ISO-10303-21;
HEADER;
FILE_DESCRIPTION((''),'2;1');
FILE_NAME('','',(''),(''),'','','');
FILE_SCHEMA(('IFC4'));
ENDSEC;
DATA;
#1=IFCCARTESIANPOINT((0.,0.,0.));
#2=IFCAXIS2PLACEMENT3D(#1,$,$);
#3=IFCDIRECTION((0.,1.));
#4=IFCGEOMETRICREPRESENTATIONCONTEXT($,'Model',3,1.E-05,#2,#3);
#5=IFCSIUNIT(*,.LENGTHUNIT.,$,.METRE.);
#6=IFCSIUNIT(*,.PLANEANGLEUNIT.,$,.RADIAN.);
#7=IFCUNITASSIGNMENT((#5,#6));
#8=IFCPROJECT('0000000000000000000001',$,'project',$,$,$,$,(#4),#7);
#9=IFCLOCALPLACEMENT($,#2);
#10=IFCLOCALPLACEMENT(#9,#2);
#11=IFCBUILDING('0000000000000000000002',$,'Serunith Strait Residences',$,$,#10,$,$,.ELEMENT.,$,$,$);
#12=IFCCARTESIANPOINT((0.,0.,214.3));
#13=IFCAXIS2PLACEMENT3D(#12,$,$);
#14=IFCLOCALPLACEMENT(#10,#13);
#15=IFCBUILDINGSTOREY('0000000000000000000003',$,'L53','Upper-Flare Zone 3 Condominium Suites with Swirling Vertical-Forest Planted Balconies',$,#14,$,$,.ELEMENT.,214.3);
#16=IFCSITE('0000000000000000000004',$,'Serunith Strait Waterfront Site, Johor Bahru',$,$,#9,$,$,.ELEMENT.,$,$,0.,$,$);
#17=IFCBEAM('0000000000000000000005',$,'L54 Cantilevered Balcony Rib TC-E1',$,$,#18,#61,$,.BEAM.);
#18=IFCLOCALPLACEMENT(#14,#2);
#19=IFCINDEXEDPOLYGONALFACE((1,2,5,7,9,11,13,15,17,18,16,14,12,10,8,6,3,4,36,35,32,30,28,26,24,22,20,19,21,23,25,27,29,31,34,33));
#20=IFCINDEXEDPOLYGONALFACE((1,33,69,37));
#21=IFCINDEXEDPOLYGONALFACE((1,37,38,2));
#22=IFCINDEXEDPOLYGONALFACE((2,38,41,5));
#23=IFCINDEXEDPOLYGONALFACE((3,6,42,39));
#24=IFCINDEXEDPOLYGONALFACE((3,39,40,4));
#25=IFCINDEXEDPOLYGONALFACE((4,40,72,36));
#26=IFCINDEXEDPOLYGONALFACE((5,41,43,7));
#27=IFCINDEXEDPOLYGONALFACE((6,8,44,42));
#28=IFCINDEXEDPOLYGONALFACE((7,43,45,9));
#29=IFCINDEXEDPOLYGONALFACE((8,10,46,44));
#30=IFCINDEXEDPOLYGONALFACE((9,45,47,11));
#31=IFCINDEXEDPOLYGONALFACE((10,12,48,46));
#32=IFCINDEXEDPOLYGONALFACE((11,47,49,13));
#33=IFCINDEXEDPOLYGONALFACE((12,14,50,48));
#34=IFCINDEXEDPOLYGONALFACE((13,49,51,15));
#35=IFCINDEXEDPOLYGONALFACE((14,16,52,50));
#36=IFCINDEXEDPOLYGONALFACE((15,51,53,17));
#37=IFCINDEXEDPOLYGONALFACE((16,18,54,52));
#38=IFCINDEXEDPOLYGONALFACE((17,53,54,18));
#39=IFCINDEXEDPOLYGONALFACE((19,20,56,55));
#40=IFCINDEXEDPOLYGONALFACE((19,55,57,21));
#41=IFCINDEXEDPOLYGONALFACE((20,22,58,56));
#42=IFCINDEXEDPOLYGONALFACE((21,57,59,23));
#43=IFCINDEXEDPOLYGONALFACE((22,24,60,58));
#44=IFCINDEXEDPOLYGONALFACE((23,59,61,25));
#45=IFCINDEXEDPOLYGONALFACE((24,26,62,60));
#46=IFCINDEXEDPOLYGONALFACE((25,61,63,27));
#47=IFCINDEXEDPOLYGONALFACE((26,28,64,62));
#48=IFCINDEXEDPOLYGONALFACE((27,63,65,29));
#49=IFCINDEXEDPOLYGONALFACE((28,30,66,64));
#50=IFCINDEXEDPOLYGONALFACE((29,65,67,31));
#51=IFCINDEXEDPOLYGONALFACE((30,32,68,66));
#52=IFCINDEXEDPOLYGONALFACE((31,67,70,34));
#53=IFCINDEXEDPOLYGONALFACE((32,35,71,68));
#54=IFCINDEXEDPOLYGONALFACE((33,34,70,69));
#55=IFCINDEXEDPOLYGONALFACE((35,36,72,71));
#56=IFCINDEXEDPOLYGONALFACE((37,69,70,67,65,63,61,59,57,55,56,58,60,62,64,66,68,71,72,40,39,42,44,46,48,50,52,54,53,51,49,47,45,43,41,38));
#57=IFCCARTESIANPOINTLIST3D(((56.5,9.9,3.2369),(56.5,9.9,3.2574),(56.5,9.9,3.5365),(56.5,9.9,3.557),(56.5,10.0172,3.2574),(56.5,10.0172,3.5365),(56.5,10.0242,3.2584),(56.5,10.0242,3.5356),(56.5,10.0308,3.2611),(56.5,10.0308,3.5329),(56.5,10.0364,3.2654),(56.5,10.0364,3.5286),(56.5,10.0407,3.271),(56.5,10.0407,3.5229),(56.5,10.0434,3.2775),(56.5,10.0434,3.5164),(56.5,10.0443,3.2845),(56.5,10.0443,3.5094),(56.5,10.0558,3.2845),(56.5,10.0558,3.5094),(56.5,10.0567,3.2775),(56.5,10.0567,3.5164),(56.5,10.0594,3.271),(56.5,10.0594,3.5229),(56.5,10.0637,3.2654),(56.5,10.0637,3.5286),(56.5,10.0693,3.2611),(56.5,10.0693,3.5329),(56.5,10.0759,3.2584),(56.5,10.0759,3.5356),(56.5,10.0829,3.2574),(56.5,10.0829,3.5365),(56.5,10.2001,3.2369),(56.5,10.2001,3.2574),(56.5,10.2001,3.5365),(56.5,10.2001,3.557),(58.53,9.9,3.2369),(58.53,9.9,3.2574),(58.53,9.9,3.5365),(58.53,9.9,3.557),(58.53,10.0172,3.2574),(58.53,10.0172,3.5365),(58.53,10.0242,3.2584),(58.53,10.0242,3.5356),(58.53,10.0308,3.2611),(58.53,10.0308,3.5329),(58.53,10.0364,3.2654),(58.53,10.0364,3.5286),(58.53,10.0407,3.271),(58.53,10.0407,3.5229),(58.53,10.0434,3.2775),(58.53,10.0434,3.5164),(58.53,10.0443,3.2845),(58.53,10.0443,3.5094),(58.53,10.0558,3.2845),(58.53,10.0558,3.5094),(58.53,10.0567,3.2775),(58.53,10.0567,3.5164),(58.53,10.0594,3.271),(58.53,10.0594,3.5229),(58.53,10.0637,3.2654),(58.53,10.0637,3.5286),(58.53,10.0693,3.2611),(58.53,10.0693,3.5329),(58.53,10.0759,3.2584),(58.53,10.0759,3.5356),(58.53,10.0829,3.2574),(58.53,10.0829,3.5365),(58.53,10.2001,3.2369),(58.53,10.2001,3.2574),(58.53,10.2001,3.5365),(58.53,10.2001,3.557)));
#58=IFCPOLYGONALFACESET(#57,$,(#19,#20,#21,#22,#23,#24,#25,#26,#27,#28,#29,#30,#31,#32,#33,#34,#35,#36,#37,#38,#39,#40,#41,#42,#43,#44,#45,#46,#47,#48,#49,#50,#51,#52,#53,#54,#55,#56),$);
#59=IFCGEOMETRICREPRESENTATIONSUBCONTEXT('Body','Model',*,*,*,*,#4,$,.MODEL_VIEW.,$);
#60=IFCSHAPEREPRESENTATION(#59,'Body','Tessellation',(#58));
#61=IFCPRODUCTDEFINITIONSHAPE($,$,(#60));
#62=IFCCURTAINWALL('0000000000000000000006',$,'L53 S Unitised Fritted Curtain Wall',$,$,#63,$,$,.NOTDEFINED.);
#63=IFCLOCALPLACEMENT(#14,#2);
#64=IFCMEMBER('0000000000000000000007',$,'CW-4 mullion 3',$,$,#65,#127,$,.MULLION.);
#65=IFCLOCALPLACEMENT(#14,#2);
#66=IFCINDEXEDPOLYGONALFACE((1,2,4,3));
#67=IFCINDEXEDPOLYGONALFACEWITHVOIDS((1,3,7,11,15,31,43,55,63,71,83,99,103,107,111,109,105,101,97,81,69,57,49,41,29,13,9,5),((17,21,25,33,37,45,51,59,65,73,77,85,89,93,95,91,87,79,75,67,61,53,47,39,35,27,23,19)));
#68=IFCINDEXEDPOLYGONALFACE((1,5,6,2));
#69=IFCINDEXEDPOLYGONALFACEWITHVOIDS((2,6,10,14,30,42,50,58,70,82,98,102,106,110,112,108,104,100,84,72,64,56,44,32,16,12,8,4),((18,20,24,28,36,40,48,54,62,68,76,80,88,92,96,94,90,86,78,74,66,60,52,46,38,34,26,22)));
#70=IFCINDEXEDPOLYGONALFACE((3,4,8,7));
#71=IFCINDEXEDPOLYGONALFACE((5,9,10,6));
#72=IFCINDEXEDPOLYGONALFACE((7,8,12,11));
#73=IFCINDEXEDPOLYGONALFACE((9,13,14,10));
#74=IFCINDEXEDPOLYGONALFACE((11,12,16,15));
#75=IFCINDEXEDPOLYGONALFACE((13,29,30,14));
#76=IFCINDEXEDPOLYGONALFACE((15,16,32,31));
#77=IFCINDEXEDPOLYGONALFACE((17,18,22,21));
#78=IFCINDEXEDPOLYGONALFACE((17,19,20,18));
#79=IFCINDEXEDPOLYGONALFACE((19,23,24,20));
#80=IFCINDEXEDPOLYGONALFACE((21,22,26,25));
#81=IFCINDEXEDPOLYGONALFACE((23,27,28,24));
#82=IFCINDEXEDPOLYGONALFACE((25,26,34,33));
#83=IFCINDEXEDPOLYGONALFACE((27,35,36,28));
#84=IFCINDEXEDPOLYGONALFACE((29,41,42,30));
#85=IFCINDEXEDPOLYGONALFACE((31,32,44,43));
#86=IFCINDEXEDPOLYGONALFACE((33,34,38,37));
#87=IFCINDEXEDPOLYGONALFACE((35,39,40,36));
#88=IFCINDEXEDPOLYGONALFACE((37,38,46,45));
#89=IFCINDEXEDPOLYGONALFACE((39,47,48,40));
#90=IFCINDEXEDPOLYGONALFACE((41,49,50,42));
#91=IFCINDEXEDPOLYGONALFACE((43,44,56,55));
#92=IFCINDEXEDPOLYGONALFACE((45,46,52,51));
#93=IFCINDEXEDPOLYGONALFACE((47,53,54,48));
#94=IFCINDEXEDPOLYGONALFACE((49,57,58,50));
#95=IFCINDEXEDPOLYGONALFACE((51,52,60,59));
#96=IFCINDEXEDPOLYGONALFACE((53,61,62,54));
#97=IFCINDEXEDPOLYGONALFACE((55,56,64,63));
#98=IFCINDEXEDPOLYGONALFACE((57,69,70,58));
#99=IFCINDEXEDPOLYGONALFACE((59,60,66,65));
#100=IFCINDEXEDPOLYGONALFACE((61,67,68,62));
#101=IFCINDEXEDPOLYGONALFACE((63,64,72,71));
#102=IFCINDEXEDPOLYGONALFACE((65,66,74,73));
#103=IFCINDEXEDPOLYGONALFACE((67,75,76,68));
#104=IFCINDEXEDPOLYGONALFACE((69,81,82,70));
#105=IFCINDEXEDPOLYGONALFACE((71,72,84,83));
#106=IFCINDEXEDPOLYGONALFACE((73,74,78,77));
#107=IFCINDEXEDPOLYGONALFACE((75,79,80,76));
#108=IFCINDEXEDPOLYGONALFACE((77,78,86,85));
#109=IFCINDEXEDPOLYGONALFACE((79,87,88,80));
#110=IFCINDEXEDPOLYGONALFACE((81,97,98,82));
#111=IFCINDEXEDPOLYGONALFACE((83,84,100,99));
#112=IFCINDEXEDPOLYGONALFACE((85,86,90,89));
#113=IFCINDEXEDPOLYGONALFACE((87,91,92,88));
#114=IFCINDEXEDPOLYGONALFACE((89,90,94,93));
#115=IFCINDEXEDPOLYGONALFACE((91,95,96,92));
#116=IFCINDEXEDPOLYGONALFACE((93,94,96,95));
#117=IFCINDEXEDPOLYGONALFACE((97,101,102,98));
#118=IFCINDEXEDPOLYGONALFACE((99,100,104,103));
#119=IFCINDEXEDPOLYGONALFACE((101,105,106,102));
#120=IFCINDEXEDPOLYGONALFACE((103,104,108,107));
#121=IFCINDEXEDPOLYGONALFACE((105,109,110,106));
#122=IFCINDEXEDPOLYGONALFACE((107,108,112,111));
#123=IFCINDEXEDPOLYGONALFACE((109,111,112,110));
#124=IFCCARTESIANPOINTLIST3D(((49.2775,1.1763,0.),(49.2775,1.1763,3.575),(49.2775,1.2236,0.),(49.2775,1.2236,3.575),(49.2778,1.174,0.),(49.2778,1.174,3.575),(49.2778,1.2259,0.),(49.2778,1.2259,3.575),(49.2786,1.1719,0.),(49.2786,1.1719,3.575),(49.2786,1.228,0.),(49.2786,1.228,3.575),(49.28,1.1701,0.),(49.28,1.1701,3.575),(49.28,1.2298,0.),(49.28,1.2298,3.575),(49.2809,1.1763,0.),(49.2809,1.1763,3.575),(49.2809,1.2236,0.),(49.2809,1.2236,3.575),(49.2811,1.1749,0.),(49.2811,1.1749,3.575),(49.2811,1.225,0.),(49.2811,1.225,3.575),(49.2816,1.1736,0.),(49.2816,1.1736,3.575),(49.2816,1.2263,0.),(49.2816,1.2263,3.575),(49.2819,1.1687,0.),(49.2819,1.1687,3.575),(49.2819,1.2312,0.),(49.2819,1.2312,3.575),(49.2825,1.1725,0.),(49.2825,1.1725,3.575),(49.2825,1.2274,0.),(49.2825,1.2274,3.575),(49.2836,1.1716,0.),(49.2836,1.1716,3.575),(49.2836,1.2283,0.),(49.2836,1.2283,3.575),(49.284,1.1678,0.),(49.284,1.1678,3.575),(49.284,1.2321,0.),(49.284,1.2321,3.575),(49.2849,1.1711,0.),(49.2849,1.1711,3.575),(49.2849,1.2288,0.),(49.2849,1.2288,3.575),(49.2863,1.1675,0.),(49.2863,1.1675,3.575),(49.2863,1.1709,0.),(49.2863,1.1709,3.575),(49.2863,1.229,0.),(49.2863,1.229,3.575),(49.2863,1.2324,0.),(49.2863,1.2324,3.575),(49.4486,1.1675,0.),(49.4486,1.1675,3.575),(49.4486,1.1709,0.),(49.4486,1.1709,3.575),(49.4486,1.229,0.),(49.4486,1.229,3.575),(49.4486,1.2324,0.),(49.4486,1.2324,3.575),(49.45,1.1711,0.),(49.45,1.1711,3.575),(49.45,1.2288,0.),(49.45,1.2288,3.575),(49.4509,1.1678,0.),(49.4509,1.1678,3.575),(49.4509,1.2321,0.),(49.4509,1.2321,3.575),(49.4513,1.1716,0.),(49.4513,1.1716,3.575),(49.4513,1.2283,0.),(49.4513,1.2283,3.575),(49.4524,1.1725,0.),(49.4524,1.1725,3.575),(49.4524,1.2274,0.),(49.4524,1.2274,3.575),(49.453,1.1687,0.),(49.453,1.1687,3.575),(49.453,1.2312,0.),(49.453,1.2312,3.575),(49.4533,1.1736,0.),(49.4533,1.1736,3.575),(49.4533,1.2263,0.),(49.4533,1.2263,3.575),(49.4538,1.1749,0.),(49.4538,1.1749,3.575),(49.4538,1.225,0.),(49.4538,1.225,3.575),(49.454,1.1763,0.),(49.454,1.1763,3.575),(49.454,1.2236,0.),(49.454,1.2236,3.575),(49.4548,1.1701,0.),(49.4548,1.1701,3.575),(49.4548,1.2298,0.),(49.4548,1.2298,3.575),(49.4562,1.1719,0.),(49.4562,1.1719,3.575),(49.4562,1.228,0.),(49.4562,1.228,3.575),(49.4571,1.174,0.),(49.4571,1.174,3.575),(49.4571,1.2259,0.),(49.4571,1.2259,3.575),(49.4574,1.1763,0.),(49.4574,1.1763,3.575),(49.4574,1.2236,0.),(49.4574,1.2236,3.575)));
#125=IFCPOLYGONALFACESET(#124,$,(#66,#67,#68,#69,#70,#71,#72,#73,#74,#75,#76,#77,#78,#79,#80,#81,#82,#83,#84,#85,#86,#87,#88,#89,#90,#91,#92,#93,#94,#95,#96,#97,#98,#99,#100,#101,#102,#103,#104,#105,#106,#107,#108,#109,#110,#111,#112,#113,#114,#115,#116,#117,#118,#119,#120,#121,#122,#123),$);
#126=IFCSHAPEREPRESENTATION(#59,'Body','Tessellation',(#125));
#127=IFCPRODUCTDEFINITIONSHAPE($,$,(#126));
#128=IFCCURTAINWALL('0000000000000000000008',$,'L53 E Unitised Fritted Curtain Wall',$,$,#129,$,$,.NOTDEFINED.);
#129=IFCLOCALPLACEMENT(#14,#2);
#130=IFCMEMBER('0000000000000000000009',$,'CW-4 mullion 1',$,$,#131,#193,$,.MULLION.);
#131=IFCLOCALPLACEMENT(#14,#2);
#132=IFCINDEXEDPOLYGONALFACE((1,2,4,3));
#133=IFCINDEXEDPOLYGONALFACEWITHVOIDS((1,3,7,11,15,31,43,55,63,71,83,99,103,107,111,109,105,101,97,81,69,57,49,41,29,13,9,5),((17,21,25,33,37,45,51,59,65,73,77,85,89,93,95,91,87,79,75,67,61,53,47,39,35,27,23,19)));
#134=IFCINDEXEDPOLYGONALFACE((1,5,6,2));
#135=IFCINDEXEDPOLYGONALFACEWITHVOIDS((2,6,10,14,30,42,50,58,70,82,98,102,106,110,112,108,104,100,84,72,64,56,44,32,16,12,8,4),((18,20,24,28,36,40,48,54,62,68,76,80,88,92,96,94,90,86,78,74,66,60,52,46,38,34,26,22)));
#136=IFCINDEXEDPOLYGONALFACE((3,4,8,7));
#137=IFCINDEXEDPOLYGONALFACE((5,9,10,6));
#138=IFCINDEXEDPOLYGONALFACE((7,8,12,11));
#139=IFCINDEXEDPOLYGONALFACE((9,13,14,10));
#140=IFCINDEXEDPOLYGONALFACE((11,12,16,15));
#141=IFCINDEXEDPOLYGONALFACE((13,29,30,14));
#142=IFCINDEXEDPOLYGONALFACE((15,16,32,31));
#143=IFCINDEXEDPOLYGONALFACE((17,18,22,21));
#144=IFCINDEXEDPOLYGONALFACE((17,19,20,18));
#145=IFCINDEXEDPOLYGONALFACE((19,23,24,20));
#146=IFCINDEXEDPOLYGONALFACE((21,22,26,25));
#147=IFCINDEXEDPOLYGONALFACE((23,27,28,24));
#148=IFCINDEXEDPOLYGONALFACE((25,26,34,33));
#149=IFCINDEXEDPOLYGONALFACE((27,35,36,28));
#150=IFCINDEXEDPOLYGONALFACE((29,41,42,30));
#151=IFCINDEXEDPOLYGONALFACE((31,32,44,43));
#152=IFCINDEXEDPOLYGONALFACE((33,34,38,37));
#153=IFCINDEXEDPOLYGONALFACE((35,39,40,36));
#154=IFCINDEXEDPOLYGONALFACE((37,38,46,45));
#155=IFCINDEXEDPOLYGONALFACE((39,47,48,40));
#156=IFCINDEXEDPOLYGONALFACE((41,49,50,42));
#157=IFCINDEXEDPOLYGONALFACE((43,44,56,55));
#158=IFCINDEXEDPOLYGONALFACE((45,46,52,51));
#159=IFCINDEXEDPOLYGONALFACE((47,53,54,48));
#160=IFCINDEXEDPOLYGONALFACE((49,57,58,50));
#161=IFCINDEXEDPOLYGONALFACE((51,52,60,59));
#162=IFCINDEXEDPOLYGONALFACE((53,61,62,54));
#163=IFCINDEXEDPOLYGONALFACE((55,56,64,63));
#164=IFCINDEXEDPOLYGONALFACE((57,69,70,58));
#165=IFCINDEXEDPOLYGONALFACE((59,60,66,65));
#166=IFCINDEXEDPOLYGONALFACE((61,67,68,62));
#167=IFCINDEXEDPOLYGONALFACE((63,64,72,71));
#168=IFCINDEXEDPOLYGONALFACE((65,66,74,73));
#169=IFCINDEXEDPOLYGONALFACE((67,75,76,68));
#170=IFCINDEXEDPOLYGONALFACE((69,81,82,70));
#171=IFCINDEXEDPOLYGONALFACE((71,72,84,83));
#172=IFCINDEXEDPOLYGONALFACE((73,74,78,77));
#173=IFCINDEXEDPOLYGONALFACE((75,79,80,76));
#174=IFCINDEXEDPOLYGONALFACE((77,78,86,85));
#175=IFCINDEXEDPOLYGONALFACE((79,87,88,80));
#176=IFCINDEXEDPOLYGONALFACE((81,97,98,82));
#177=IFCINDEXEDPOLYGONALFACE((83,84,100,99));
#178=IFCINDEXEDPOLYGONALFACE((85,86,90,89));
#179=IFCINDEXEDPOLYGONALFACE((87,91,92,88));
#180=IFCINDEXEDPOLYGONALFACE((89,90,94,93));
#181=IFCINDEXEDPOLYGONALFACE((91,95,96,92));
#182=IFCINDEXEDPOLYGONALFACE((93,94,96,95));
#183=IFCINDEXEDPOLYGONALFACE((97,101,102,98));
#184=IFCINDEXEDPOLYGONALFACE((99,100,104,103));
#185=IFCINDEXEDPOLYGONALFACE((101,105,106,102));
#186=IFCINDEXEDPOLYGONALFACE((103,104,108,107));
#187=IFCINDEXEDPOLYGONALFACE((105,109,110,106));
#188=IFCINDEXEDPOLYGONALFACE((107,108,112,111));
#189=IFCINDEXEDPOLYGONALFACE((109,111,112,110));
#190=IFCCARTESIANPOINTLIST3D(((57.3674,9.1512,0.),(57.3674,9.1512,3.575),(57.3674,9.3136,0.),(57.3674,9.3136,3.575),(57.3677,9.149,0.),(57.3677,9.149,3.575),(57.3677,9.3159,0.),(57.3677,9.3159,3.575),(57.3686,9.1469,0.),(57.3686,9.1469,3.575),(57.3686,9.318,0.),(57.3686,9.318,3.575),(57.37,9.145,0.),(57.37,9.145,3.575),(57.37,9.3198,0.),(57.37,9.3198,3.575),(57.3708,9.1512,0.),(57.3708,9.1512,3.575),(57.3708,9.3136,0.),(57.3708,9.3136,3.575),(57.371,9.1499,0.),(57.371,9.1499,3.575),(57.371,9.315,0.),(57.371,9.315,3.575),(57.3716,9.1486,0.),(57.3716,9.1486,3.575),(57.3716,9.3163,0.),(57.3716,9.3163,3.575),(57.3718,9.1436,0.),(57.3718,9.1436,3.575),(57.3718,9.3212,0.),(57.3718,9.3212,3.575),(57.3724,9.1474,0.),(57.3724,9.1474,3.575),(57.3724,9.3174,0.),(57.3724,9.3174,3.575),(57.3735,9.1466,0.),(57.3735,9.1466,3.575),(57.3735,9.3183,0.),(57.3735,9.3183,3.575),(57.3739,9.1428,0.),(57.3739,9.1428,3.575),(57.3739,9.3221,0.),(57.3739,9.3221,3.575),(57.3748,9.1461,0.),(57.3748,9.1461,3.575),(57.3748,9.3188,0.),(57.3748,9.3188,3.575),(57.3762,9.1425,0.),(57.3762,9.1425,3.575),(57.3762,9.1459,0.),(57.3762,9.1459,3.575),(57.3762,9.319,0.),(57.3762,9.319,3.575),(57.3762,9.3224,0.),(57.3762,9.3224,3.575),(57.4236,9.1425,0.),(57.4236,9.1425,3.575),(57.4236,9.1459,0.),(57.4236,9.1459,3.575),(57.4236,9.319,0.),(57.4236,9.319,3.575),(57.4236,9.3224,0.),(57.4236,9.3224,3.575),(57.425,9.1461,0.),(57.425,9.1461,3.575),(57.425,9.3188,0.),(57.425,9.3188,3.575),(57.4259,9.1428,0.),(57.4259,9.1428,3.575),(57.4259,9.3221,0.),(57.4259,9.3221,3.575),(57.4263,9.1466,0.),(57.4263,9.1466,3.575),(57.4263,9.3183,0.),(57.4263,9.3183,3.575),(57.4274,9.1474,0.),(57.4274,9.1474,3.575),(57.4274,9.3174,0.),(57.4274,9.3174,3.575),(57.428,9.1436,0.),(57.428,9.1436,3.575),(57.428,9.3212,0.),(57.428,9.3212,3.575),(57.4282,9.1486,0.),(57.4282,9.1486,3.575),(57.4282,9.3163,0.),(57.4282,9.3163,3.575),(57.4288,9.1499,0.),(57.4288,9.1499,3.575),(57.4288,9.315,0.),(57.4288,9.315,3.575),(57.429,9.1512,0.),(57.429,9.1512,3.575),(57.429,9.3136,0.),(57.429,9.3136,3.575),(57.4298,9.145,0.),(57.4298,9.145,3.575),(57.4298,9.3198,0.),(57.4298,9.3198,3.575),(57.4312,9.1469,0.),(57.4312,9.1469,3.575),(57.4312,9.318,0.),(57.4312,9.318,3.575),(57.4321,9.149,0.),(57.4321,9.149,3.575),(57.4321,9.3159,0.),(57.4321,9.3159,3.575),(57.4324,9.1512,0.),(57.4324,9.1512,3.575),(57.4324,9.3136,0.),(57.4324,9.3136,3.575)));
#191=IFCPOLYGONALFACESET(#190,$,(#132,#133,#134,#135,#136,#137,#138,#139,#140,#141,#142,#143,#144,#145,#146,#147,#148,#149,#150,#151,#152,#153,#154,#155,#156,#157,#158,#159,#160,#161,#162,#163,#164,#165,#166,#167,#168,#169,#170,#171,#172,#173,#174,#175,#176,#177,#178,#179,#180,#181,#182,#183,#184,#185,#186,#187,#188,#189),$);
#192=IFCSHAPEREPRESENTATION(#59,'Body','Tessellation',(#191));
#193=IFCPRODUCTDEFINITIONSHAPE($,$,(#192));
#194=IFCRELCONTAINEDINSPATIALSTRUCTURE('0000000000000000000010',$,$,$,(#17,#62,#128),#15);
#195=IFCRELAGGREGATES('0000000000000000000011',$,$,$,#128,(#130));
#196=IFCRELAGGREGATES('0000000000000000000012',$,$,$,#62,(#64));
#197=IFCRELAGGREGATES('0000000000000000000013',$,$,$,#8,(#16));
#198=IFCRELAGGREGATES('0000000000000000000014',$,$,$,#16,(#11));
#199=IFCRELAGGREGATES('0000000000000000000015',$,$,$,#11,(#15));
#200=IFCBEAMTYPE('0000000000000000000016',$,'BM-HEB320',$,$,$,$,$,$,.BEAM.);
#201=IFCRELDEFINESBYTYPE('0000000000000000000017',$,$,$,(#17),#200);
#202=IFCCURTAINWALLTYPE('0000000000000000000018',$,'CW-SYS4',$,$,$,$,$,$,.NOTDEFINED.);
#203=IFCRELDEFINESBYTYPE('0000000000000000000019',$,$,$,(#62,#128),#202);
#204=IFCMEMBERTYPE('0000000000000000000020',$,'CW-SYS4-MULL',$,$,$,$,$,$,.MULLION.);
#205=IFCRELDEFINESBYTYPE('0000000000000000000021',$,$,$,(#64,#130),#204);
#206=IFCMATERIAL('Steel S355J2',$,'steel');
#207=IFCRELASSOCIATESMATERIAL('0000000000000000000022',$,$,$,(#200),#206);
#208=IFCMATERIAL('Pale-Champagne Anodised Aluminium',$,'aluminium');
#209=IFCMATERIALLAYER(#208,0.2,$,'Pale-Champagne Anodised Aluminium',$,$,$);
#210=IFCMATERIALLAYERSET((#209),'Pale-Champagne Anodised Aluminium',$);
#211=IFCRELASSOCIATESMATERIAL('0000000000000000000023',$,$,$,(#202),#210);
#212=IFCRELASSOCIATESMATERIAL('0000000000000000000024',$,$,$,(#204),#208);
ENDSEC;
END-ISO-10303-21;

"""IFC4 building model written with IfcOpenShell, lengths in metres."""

from ifc_helpers import new_model, si_unit, direction, frame, origin, origin_2d, place, context, subcontext, project, spatial, hollow_rectangle, i_section, extrude, source, transform, mapped, material, layer, layer_set, material_profile, profile_set, type_object, element, aggregate, save


model = new_model("IFC4")

# Units and contexts
model_context = context("Model", 3, precision=1e-05, world=origin(), true_north=direction((0.0, 1.0)))
body_context = subcontext(model_context, "Body", "Model", "MODEL_VIEW")
ifc_project = project(units=[si_unit("LENGTHUNIT", "METRE"), si_unit("PLANEANGLEUNIT", "RADIAN")], contexts=[model_context])

# Site, building, storey
site_placement = place(None, origin())
site = spatial("IfcSite", under=ifc_project, at=site_placement, Name="Serunith Strait Waterfront Site, Johor Bahru", CompositionType="ELEMENT", RefElevation=0.0)
building_placement = place(site_placement, origin())
building = spatial("IfcBuilding", under=site, at=building_placement, Name="Serunith Strait Residences", CompositionType="ELEMENT")
storey_placement = place(building_placement, frame((0.0, 0.0, 214.3)))
storey = spatial("IfcBuildingStorey", under=building, at=storey_placement, Name="L53", Description="Upper-Flare Zone 3 Condominium Suites with Swirling Vertical-Forest Planted Balconies", CompositionType="ELEMENT", Elevation=214.3)

# Beam
ifc_material_1 = material(Name="Steel S355J2", Category="steel")
ifc_material_profile_1 = material_profile(ifc_material_1, i_section(OverallWidth=0.3, OverallDepth=0.3201, WebThickness=0.0115, FlangeThickness=0.0205, FilletRadius=0.0271, at=origin_2d()), Name="HEB 320")
ifc_profile_set_1 = profile_set([ifc_material_profile_1], Name="Steel S355J2")
beam_type_1 = type_object("IfcBeamType", Name="BM-HEB320", PredefinedType="BEAM", material=ifc_profile_set_1)
shared_shape_1 = source(origin(), body_context, "Body", "SweptSolid", [
    extrude(i_section(OverallWidth=0.3, OverallDepth=0.3201, WebThickness=0.0115, FlangeThickness=0.0205, FilletRadius=0.0271, at=origin_2d()), origin(), (0.0, 0.0, 1.0), 2.03),
])
beam_1_placement = place(storey_placement, frame((56.5, 10.05, 3.397), z_axis=(1.0, 0.0, 0.0), x_axis=(0.0, 1.0, 0.0)))
element("IfcBeam", 1, at=beam_1_placement, inside=storey, type_object=beam_type_1, Name="L54 Cantilevered Balcony Rib TC-E1", PredefinedType="BEAM", context=body_context, shape_type="MappedRepresentation", body=[
    mapped(shared_shape_1, transform((0.0, 0.0, 0.0), scale=1.0)),
])

# Curtain wall, member
ifc_material_2 = material(Name="Pale-Champagne Anodised Aluminium", Category="aluminium")
ifc_layer_1 = layer(ifc_material_2, 0.2, Name="Pale-Champagne Anodised Aluminium")
ifc_layer_set_1 = layer_set([ifc_layer_1], Name="Pale-Champagne Anodised Aluminium")
curtain_wall_type = type_object("IfcCurtainWallType", Name="CW-SYS4", PredefinedType="NOTDEFINED", material=ifc_layer_set_1)
curtain_wall_1_placement = place(storey_placement, origin())
curtain_wall_1 = element("IfcCurtainWall", 2, at=curtain_wall_1_placement, inside=storey, type_object=curtain_wall_type, Name="L53 S Unitised Fritted Curtain Wall", PredefinedType="NOTDEFINED")
ifc_material_profile_2 = material_profile(ifc_material_2, hollow_rectangle(XDim=0.0649, YDim=0.1799, WallThickness=0.0034, InnerFilletRadius=0.0054, OuterFilletRadius=0.0088, at=origin_2d()), Name="ALU 180x65x3.5")
ifc_profile_set_2 = profile_set([ifc_material_profile_2], Name="Pale-Champagne Anodised Aluminium")
member_type_1 = type_object("IfcMemberType", Name="CW-SYS4-MULL", PredefinedType="MULLION", material=ifc_profile_set_2)
shared_shape_2 = source(origin(), body_context, "Body", "SweptSolid", [
    extrude(hollow_rectangle(XDim=0.0649, YDim=0.1799, WallThickness=0.0034, InnerFilletRadius=0.0054, OuterFilletRadius=0.0088, at=origin_2d()), origin(), (0.0, 0.0, 1.0), 3.575),
])
member_1_placement = place(storey_placement, frame((49.3674, 1.2, 0.0), z_axis=(0.0, 0.0, 1.0), x_axis=(0.0, 1.0, 0.0)))
member_1 = element("IfcMember", 3, at=member_1_placement, type_object=member_type_1, Name="CW-4 mullion 3", PredefinedType="MULLION", context=body_context, shape_type="MappedRepresentation", body=[
    mapped(shared_shape_2, transform((0.0, 0.0, 0.0), scale=1.0)),
])

# Curtain wall, member
curtain_wall_2_placement = place(storey_placement, origin())
curtain_wall_2 = element("IfcCurtainWall", 4, at=curtain_wall_2_placement, inside=storey, type_object=curtain_wall_type, Name="L53 E Unitised Fritted Curtain Wall", PredefinedType="NOTDEFINED")
member_2_placement = place(storey_placement, frame((57.3999, 9.2324, 0.0), z_axis=(0.0, 0.0, 1.0), x_axis=(-1.0, 0.0, 0.0)))
member_2 = element("IfcMember", 5, at=member_2_placement, type_object=member_type_1, Name="CW-4 mullion 1", PredefinedType="MULLION", context=body_context, shape_type="MappedRepresentation", body=[
    mapped(shared_shape_2, transform((0.0, 0.0, 0.0), scale=1.0)),
])
aggregate(curtain_wall_2, [member_2])

aggregate(curtain_wall_1, [member_1])

save(model, "model.ifc")
